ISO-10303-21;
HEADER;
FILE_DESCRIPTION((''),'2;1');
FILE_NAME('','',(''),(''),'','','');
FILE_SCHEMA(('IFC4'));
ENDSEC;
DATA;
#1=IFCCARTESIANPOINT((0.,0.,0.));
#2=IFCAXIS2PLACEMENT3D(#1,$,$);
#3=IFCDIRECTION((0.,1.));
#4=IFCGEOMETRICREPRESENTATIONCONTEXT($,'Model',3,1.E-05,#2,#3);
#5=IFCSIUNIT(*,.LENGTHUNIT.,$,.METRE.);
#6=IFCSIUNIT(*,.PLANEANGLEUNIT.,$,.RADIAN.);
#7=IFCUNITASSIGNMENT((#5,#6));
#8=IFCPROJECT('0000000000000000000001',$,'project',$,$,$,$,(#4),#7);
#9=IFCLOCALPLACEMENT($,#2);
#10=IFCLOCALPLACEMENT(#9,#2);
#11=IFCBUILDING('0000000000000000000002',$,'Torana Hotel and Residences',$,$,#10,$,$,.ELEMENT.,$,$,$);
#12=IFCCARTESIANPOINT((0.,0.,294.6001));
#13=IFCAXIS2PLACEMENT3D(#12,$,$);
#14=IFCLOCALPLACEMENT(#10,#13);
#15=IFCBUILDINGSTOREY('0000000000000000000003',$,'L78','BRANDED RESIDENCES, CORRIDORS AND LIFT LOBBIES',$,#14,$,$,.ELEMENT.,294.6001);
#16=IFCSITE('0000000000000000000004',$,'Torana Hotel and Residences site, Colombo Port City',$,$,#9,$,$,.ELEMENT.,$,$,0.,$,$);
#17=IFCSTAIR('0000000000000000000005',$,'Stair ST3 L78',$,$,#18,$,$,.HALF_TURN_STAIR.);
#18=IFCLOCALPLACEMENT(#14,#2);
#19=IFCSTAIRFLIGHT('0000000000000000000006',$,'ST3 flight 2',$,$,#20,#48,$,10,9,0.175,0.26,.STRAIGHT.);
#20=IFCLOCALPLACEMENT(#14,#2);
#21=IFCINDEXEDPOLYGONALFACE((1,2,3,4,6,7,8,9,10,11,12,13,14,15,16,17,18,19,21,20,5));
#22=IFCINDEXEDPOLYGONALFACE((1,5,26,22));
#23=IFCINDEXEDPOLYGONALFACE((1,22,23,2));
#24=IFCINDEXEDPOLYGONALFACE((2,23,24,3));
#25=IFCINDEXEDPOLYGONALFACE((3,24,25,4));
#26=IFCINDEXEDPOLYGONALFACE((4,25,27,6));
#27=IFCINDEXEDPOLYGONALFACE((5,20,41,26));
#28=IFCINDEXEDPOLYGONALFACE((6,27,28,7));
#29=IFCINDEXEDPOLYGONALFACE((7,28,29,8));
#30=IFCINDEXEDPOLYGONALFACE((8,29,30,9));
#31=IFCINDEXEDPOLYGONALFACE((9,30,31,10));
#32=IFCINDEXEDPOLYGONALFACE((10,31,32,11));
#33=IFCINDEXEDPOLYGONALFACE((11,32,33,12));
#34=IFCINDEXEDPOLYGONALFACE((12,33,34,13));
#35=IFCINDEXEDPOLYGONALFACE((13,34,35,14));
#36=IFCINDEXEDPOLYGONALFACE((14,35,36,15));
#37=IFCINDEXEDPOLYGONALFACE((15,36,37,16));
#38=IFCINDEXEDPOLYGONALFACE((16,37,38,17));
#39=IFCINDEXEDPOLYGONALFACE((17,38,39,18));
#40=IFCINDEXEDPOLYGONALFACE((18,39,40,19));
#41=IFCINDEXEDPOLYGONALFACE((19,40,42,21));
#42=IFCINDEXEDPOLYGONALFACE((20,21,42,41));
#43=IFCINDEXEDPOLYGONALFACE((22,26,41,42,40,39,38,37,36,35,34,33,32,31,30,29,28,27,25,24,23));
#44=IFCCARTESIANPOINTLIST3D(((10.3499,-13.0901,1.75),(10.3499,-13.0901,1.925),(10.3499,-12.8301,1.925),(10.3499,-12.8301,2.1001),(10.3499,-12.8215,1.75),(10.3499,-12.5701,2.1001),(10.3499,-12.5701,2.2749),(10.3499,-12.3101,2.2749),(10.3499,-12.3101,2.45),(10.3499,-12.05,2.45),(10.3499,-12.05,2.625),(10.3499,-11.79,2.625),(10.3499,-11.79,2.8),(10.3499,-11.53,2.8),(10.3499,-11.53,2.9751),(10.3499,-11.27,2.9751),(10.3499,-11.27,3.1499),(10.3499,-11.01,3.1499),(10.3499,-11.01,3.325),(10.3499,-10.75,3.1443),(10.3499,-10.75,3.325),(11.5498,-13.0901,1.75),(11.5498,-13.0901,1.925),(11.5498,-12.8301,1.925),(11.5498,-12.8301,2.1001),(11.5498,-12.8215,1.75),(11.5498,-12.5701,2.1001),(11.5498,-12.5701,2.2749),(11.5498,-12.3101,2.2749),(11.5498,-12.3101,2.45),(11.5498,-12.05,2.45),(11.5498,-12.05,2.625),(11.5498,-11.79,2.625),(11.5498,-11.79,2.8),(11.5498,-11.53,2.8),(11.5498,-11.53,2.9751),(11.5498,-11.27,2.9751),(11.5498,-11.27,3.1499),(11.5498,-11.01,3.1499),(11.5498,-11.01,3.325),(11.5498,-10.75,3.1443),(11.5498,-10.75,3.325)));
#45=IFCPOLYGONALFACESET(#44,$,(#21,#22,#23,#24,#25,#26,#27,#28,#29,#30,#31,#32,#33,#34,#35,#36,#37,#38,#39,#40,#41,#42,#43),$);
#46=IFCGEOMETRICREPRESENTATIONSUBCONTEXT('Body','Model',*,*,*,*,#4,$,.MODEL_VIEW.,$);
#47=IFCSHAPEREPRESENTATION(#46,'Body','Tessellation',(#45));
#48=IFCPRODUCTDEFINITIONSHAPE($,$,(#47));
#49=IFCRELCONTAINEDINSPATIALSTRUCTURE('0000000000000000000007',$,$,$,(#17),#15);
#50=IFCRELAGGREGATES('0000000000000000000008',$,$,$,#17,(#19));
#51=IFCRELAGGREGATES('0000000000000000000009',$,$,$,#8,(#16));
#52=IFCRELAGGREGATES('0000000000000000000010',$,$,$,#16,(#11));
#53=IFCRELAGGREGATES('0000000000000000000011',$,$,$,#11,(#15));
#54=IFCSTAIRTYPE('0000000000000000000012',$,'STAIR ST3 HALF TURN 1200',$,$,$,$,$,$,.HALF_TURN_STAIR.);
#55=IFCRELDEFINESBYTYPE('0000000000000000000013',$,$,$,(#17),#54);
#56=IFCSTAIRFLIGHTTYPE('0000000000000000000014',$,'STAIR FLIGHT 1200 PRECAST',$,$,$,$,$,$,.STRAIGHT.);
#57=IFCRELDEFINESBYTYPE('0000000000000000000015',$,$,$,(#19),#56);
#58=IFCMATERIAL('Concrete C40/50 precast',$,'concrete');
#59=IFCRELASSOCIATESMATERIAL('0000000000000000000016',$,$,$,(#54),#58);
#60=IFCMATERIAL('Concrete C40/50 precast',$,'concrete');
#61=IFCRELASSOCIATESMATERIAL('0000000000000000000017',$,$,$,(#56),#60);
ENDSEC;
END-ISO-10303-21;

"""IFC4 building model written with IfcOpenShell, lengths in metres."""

from ifc_helpers import new_model, si_unit, direction, frame, origin, place, context, subcontext, project, spatial, polyline, outline, extrude, material, type_object, element, aggregate, save


model = new_model("IFC4")

# Units and contexts
model_context = context("Model", 3, precision=1e-05, world=origin(), true_north=direction((0.0, 1.0)))
body_context = subcontext(model_context, "Body", "Model", "MODEL_VIEW")
ifc_project = project(units=[si_unit("LENGTHUNIT", "METRE"), si_unit("PLANEANGLEUNIT", "RADIAN")], contexts=[model_context])

# Site, building, storey
site_placement = place(None, origin())
site = spatial("IfcSite", under=ifc_project, at=site_placement, Name="Torana Hotel and Residences site, Colombo Port City", CompositionType="ELEMENT", RefElevation=0.0)
building_placement = place(site_placement, origin())
building = spatial("IfcBuilding", under=site, at=building_placement, Name="Torana Hotel and Residences", CompositionType="ELEMENT")
storey_placement = place(building_placement, frame((0.0, 0.0, 294.6001)))
storey = spatial("IfcBuildingStorey", under=building, at=storey_placement, Name="L78", Description="BRANDED RESIDENCES, CORRIDORS AND LIFT LOBBIES", CompositionType="ELEMENT", Elevation=294.6001)

# Stair, stair flight
ifc_material_1 = material(Name="Concrete C40/50 precast", Category="concrete")
stair_type = type_object("IfcStairType", Name="STAIR ST3 HALF TURN 1200", PredefinedType="HALF_TURN_STAIR", material=ifc_material_1)
stair_placement = place(storey_placement, origin())
stair = element("IfcStair", 1, at=stair_placement, inside=storey, type_object=stair_type, Name="Stair ST3 L78", PredefinedType="HALF_TURN_STAIR")
ifc_material_2 = material(Name="Concrete C40/50 precast", Category="concrete")
stair_flight_type = type_object("IfcStairFlightType", Name="STAIR FLIGHT 1200 PRECAST", PredefinedType="STRAIGHT", material=ifc_material_2)
stair_flight_placement = place(storey_placement, frame((10.95, -13.0901, 1.75), z_axis=(0.0, 0.0, 1.0), x_axis=(0.0, 1.0, 0.0)))
stair_flight = element("IfcStairFlight", 2, at=stair_flight_placement, type_object=stair_flight_type, Name="ST3 flight 2", NumberOfRisers=10, NumberOfTreads=9, PredefinedType="STRAIGHT", RiserHeight=0.175, TreadLength=0.26, context=body_context, shape_type="SweptSolid", body=[
    extrude(outline(polyline([(0.0, 0.0), (0.0, 0.175), (0.26, 0.175), (0.26, 0.3501), (0.52, 0.3501), (0.52, 0.5249), (0.78, 0.5249), (0.78, 0.7), (1.04, 0.7), (1.04, 0.875), (1.3, 0.875), (1.3, 1.05), (1.5601, 1.05), (1.5601, 1.2251), (1.8201, 1.2251), (1.8201, 1.3999), (2.0801, 1.3999), (2.0801, 1.575), (2.3401, 1.575), (2.3401, 1.75), (2.3401, 1.3943), (0.2686, 0.0), (0.0, 0.0)])), frame((0.0, 0.6001, 0.0), z_axis=(0.0, -1.0, 0.0), x_axis=(1.0, 0.0, 0.0)), (0.0, 0.0, 1.0), 1.2),
])
aggregate(stair, [stair_flight])

save(model, "model.ifc")
